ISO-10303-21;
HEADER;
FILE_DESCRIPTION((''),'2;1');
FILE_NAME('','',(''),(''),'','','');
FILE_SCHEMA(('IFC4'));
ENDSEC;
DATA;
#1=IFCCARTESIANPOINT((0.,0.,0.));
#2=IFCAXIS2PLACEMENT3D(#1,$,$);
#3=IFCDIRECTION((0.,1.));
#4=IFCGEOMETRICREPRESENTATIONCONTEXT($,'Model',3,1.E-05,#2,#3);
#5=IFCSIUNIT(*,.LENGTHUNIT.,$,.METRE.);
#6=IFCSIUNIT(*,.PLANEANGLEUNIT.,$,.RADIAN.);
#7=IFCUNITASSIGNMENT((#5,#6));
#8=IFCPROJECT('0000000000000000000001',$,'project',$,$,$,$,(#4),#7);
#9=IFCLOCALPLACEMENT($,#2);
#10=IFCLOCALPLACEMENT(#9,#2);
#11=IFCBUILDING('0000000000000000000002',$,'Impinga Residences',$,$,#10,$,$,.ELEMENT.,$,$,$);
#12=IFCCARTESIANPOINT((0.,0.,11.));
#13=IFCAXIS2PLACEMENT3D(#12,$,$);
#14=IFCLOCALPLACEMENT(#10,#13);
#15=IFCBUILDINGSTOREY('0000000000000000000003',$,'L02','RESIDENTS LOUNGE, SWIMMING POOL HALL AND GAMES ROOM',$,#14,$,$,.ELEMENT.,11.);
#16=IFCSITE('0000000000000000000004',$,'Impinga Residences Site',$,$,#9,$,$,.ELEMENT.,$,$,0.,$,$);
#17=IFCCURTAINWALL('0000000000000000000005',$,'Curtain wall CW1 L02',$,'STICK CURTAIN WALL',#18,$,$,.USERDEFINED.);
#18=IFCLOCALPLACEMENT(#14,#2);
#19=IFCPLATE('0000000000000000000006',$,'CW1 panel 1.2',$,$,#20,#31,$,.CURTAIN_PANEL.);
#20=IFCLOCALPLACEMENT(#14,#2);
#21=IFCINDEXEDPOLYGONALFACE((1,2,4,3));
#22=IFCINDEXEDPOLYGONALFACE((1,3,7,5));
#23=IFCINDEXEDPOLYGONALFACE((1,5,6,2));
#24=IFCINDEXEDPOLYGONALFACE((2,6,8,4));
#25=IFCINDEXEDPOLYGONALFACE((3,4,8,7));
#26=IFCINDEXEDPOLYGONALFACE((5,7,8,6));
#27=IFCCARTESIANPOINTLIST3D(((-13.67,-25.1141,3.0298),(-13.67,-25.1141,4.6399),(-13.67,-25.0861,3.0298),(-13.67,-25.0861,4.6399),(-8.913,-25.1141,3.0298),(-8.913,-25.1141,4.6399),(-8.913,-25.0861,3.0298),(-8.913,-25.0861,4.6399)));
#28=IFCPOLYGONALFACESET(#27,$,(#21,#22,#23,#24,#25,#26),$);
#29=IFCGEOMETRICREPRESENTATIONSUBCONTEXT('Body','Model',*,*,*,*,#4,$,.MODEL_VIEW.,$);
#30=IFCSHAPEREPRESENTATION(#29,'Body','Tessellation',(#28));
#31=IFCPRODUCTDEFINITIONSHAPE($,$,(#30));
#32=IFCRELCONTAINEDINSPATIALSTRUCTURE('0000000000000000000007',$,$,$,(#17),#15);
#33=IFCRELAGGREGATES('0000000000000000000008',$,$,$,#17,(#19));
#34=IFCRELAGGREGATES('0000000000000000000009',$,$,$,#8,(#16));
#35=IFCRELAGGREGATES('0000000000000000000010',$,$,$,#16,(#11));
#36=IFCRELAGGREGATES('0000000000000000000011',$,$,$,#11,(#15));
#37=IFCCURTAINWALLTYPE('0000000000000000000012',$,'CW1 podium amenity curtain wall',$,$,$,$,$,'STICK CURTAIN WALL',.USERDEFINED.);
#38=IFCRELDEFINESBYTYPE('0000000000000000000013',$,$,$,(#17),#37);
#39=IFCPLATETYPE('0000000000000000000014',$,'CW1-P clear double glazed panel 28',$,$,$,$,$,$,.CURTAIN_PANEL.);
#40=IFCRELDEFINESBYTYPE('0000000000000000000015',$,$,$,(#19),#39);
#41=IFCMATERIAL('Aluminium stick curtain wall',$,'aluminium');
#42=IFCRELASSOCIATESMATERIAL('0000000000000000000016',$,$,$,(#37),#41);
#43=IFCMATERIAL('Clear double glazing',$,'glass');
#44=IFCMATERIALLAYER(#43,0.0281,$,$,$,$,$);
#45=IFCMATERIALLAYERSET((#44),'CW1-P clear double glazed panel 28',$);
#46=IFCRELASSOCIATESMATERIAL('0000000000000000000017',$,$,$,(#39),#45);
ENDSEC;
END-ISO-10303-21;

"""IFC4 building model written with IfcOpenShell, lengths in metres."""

from ifc_helpers import new_model, si_unit, direction, frame, origin, origin_2d, place, context, subcontext, project, spatial, rectangle, extrude, material, layer, layer_set, type_object, element, aggregate, save


model = new_model("IFC4")

# Units and contexts
model_context = context("Model", 3, precision=1e-05, world=origin(), true_north=direction((0.0, 1.0)))
body_context = subcontext(model_context, "Body", "Model", "MODEL_VIEW")
ifc_project = project(units=[si_unit("LENGTHUNIT", "METRE"), si_unit("PLANEANGLEUNIT", "RADIAN")], contexts=[model_context])

# Site, building, storey
site_placement = place(None, origin())
site = spatial("IfcSite", under=ifc_project, at=site_placement, Name="Impinga Residences Site", CompositionType="ELEMENT", RefElevation=0.0)
building_placement = place(site_placement, origin())
building = spatial("IfcBuilding", under=site, at=building_placement, Name="Impinga Residences", CompositionType="ELEMENT")
storey_placement = place(building_placement, frame((0.0, 0.0, 11.0)))
storey = spatial("IfcBuildingStorey", under=building, at=storey_placement, Name="L02", Description="RESIDENTS LOUNGE, SWIMMING POOL HALL AND GAMES ROOM", CompositionType="ELEMENT", Elevation=11.0)

# Curtain wall
ifc_material_1 = material(Name="Aluminium stick curtain wall", Category="aluminium")
curtain_wall_type = type_object("IfcCurtainWallType", Name="CW1 podium amenity curtain wall", ElementType="STICK CURTAIN WALL", PredefinedType="USERDEFINED", material=ifc_material_1)
curtain_wall_1_placement = place(storey_placement, origin())
curtain_wall_1 = element("IfcCurtainWall", 1, at=curtain_wall_1_placement, inside=storey, type_object=curtain_wall_type, Name="Curtain wall CW1 L02", ObjectType="STICK CURTAIN WALL", PredefinedType="USERDEFINED")

# Plate
ifc_material_2 = material(Name="Clear double glazing", Category="glass")
ifc_layer = layer(ifc_material_2, 0.0281)
ifc_layer_set = layer_set([ifc_layer], Name="CW1-P clear double glazed panel 28")
plate_type = type_object("IfcPlateType", Name="CW1-P clear double glazed panel 28", PredefinedType="CURTAIN_PANEL", material=ifc_layer_set)
plate_1_placement = place(storey_placement, frame((-11.2915, -25.1001, 3.0298), z_axis=(0.0, 0.0, 1.0), x_axis=(-1.0, 0.0, 0.0)))
plate_1 = element("IfcPlate", 2, at=plate_1_placement, type_object=plate_type, Name="CW1 panel 1.2", PredefinedType="CURTAIN_PANEL", context=body_context, shape_type="SweptSolid", body=[
    extrude(rectangle(XDim=4.7571, YDim=0.0281, at=origin_2d()), origin(), (0.0, 0.0, 1.0), 1.6101),
])
aggregate(curtain_wall_1, [plate_1])

save(model, "model.ifc")
